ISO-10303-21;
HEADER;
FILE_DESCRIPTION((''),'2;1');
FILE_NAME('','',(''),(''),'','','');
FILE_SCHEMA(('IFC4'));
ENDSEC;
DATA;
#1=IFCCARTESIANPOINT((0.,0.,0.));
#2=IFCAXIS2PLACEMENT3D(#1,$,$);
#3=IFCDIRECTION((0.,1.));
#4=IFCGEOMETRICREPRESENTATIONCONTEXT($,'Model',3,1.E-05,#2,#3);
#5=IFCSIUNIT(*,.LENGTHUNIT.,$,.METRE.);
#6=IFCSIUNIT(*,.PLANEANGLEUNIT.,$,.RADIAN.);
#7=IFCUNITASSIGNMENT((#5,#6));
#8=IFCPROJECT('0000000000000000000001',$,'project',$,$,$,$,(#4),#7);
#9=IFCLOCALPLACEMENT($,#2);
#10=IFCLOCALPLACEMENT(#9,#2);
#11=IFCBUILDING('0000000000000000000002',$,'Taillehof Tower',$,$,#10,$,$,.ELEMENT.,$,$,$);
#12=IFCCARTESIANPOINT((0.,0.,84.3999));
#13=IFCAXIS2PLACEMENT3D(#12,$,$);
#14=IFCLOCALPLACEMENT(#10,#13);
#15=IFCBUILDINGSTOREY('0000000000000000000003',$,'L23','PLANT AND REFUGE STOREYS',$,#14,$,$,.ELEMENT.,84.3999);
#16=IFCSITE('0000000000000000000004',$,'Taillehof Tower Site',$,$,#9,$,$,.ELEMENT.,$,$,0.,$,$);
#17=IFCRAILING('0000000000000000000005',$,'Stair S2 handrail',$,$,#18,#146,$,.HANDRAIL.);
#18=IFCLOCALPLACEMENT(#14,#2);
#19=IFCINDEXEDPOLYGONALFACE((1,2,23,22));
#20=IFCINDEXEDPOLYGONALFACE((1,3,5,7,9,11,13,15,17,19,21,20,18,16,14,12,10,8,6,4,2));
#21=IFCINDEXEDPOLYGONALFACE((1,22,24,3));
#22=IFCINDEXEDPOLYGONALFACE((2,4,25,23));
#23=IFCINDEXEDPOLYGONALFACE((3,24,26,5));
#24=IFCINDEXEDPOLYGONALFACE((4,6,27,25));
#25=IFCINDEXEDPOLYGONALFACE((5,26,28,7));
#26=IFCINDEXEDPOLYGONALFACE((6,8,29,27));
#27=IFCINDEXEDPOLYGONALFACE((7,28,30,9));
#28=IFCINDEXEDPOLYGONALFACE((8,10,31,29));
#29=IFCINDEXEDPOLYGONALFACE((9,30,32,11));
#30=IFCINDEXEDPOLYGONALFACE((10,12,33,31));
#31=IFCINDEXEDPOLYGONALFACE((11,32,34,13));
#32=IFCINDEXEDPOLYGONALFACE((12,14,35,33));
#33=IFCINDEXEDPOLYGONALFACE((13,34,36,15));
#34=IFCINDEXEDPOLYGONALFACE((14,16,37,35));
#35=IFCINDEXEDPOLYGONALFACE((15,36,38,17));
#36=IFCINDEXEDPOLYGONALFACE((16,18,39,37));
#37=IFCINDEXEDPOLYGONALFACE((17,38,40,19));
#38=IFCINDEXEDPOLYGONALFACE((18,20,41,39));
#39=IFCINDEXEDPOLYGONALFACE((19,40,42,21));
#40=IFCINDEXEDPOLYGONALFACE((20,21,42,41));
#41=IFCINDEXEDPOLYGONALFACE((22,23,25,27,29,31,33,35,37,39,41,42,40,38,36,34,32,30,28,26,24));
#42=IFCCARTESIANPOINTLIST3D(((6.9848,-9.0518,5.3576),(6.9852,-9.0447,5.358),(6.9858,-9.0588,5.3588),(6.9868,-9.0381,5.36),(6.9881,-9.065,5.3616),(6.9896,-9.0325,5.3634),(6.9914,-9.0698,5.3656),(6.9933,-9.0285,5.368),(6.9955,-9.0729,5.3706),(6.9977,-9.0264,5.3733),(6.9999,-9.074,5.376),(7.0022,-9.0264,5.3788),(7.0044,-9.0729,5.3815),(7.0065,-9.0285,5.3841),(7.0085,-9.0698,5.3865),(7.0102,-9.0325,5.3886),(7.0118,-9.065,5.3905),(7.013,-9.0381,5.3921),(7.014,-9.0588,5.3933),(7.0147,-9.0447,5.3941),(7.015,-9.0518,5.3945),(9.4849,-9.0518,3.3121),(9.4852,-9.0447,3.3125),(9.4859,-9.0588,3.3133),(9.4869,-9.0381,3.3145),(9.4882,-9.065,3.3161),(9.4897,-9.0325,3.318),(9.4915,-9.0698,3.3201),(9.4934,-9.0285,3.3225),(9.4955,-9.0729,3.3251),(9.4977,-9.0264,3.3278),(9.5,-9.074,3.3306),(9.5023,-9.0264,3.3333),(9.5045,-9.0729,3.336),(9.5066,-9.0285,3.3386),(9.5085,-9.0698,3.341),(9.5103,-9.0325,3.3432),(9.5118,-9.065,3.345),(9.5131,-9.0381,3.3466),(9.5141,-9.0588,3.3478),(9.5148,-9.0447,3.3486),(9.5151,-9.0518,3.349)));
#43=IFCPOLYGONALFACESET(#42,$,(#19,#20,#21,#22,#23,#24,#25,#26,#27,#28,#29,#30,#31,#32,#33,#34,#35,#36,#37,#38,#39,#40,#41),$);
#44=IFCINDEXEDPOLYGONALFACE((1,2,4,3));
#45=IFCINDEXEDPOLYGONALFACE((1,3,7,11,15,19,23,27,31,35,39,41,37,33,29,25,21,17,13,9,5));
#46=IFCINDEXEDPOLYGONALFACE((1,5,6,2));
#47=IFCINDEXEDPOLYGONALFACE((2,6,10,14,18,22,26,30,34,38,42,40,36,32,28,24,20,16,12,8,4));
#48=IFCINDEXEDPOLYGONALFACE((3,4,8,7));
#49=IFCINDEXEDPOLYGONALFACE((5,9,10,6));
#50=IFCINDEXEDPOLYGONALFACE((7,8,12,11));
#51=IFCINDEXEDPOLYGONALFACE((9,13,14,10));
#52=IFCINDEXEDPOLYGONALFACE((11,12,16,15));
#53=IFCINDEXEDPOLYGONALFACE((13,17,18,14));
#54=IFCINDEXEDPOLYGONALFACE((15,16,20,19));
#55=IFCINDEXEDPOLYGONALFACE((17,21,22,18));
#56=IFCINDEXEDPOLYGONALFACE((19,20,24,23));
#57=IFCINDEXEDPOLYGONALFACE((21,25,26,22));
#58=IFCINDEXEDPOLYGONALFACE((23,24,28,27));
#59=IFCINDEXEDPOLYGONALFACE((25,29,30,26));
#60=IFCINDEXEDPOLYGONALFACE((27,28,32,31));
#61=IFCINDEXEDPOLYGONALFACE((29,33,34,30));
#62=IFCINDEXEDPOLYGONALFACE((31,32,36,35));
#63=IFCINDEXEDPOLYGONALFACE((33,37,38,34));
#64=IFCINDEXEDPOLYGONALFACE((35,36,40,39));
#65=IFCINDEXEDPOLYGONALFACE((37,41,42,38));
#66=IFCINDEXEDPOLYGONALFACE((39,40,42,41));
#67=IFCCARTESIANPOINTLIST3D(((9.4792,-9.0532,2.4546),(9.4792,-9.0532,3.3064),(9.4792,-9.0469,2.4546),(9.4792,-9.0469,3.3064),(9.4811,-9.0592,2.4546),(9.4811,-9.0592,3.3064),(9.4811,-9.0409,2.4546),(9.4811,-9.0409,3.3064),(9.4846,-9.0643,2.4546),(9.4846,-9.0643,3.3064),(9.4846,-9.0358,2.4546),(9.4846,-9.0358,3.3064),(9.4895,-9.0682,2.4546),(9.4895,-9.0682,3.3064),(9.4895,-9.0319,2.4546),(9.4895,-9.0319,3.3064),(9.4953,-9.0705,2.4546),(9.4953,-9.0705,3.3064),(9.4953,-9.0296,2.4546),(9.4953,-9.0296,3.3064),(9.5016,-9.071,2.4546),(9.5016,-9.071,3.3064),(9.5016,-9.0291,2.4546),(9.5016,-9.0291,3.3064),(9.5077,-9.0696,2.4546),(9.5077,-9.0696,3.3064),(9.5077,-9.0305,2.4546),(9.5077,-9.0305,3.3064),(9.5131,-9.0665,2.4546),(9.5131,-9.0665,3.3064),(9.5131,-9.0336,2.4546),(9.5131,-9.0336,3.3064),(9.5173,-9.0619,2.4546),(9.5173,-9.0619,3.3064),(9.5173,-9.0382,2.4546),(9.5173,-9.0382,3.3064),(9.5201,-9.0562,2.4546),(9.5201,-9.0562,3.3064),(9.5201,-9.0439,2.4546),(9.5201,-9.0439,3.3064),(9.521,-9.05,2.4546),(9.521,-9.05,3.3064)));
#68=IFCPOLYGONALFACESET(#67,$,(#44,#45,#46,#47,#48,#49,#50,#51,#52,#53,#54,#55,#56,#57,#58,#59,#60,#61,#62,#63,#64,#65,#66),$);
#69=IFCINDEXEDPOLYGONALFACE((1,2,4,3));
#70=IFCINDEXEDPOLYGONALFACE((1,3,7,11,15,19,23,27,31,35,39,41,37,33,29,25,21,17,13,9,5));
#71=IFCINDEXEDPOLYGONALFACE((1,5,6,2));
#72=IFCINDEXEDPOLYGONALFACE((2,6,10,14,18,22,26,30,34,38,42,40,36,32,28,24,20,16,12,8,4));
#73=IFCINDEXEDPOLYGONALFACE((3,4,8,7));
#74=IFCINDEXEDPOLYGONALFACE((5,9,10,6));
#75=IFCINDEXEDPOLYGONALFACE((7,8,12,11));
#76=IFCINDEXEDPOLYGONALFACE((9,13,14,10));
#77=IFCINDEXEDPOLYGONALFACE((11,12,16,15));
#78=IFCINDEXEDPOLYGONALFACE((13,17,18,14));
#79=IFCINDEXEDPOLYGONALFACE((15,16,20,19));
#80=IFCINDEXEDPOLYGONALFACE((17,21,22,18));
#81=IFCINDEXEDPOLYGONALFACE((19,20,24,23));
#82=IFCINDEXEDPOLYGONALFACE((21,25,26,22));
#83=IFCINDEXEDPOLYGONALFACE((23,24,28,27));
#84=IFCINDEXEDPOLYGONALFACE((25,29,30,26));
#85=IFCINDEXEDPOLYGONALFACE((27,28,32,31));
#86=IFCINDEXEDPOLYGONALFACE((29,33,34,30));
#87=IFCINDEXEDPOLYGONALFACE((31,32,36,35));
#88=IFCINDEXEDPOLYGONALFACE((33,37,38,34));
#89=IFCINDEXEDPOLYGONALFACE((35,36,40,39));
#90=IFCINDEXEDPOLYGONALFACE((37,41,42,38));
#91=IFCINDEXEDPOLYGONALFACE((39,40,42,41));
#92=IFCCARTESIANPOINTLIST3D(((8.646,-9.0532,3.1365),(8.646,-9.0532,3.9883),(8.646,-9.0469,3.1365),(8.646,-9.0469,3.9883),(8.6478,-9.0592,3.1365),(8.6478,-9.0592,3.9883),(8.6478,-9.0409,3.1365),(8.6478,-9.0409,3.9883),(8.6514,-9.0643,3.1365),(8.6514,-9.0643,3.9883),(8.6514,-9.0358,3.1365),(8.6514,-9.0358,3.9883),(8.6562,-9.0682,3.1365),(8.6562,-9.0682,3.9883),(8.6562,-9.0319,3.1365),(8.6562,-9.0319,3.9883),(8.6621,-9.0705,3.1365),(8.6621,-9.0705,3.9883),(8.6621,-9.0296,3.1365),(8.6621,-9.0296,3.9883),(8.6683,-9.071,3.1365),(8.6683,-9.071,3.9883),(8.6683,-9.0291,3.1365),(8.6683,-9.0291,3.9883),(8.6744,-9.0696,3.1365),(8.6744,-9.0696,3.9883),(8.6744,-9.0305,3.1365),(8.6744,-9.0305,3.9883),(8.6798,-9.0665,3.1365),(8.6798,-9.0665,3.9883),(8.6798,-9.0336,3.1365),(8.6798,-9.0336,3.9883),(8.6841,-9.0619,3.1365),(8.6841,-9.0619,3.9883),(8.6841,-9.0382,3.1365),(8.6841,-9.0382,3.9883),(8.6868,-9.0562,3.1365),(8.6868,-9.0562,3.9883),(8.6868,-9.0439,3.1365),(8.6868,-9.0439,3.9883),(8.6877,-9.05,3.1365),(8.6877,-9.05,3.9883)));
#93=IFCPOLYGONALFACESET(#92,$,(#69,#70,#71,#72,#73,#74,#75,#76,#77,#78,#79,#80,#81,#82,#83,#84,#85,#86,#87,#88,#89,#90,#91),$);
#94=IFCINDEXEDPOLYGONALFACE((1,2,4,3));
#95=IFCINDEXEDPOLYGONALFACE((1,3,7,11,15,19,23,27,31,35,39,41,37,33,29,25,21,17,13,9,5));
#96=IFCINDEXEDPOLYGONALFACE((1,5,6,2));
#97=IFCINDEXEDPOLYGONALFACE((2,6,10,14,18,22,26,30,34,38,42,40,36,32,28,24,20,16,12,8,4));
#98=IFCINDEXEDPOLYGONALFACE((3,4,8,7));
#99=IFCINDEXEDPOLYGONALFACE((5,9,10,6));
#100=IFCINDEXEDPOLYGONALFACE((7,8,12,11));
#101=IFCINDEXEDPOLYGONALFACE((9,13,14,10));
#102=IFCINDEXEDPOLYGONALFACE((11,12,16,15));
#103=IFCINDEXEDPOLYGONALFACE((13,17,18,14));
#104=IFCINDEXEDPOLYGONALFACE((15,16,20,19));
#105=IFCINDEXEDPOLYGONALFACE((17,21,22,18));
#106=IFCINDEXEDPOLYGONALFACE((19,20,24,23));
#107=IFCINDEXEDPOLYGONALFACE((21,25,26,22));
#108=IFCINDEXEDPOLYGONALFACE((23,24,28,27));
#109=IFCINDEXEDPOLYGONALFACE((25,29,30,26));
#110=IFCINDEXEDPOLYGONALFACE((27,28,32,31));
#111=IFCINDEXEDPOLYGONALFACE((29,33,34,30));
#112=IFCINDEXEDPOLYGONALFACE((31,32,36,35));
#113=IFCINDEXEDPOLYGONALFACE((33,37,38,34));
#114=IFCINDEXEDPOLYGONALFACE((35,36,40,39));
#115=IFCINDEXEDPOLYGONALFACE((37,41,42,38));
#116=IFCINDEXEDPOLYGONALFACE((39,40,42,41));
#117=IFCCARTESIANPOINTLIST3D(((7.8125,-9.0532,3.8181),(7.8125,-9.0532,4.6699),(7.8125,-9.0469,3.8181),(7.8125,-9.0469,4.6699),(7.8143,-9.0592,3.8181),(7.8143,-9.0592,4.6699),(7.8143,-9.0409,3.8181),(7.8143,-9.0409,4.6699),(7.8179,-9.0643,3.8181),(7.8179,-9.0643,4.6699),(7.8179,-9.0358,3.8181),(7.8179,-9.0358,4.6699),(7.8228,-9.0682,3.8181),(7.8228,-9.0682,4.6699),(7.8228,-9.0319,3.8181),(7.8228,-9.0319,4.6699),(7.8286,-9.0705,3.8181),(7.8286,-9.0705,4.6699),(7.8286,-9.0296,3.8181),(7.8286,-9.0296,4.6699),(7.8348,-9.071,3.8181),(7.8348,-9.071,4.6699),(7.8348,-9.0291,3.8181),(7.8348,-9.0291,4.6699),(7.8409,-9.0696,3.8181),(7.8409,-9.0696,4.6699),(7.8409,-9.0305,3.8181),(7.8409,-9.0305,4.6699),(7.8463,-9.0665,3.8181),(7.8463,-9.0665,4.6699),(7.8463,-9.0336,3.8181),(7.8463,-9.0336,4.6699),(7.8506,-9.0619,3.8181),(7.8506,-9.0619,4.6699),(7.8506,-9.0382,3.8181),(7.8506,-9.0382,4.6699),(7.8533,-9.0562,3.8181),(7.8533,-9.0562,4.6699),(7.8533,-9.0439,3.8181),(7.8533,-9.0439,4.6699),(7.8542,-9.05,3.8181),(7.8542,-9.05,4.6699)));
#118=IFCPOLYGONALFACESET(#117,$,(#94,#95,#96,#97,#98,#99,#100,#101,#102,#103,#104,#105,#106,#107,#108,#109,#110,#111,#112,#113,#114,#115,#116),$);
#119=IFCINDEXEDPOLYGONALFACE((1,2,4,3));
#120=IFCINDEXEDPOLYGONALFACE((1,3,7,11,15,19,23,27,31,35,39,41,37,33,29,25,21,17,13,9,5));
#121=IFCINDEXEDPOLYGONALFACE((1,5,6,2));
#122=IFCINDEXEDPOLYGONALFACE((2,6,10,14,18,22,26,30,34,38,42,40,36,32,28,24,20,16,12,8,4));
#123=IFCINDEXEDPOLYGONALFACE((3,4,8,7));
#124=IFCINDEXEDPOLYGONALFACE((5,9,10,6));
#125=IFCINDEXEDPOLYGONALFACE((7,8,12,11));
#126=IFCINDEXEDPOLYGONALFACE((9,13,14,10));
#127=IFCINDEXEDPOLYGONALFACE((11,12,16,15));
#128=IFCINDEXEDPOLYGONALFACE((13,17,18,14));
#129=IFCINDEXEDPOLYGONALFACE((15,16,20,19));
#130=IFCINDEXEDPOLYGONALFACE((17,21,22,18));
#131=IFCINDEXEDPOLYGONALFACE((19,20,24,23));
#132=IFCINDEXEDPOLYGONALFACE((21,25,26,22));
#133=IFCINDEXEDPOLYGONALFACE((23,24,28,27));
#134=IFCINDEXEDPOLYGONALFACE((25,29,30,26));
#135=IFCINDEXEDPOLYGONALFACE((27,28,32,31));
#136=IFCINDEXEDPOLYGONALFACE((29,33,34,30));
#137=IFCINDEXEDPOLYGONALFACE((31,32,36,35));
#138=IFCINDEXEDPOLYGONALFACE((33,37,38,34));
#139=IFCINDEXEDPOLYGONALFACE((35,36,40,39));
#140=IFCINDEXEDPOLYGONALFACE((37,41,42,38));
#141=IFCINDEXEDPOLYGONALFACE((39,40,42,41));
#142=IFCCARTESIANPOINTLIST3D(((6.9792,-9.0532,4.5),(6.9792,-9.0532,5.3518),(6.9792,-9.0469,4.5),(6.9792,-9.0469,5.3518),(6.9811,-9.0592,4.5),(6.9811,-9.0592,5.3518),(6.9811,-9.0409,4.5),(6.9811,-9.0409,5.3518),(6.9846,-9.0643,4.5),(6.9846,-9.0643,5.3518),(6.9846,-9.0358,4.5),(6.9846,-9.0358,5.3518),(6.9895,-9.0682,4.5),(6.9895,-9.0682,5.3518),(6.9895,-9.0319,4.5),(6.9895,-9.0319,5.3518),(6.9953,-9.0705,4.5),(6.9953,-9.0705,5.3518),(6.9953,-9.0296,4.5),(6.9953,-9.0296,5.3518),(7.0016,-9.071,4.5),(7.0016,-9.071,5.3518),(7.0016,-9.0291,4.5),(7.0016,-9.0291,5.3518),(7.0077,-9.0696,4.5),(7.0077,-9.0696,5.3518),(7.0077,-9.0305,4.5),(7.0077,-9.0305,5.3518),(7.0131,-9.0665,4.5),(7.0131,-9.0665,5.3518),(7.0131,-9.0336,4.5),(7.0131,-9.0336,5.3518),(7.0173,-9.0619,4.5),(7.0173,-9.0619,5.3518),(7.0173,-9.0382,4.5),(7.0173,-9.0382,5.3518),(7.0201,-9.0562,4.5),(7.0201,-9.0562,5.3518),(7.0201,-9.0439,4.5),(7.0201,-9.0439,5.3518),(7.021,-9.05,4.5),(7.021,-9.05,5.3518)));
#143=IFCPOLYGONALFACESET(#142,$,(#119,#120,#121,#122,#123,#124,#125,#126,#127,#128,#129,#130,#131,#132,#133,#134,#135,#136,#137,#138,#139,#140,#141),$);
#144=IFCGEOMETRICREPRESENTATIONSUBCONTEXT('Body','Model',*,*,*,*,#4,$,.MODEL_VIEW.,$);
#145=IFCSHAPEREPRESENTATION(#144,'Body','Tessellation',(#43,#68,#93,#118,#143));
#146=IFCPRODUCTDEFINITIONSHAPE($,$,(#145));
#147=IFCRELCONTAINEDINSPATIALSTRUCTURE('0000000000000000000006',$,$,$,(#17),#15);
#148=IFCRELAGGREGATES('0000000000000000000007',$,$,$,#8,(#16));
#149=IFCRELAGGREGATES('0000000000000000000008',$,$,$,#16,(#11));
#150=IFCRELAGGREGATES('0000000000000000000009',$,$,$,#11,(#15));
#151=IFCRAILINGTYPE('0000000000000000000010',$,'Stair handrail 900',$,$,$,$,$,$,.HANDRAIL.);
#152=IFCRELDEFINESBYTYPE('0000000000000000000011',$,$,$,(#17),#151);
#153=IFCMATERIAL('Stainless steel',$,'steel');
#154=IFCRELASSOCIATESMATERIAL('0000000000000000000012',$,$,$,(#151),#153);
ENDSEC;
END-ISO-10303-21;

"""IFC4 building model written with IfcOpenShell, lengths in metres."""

from ifc_helpers import new_model, si_unit, direction, frame, origin, origin_2d, place, context, subcontext, project, spatial, circle, extrude, material, type_object, element, save


model = new_model("IFC4")

# Units and contexts
model_context = context("Model", 3, precision=1e-05, world=origin(), true_north=direction((0.0, 1.0)))
body_context = subcontext(model_context, "Body", "Model", "MODEL_VIEW")
ifc_project = project(units=[si_unit("LENGTHUNIT", "METRE"), si_unit("PLANEANGLEUNIT", "RADIAN")], contexts=[model_context])

# Site, building, storey
site_placement = place(None, origin())
site = spatial("IfcSite", under=ifc_project, at=site_placement, Name="Taillehof Tower Site", CompositionType="ELEMENT", RefElevation=0.0)
building_placement = place(site_placement, origin())
building = spatial("IfcBuilding", under=site, at=building_placement, Name="Taillehof Tower", CompositionType="ELEMENT")
storey_placement = place(building_placement, frame((0.0, 0.0, 84.3999)))
storey = spatial("IfcBuildingStorey", under=building, at=storey_placement, Name="L23", Description="PLANT AND REFUGE STOREYS", CompositionType="ELEMENT", Elevation=84.3999)

# Railing
ifc_material_1 = material(Name="Stainless steel", Category="steel")
railing_type = type_object("IfcRailingType", Name="Stair handrail 900", PredefinedType="HANDRAIL", material=ifc_material_1)
railing_placement = place(storey_placement, frame((9.5, -9.05, 2.4546)))
element("IfcRailing", 1, at=railing_placement, inside=storey, type_object=railing_type, Name="Stair S2 handrail", PredefinedType="HANDRAIL", context=body_context, shape_type="SweptSolid", body=[
    extrude(circle(Radius=0.0239, at=origin_2d()), frame((0.0, 0.0, 0.876), z_axis=(-0.773964, 0.0, 0.63323), x_axis=(0.0, -1.0, 0.0)), (0.0, 0.0, 1.0), 3.2302),
    extrude(circle(Radius=0.021, at=origin_2d()), origin(), (0.0, 0.0, 1.0), 0.8518),
    extrude(circle(Radius=0.021, at=origin_2d()), frame((-0.8333, 0.0, 0.6819)), (0.0, 0.0, 1.0), 0.8518),
    extrude(circle(Radius=0.021, at=origin_2d()), frame((-1.6667, 0.0, 1.3635)), (0.0, 0.0, 1.0), 0.8518),
    extrude(circle(Radius=0.021, at=origin_2d()), frame((-2.5, 0.0, 2.0454)), (0.0, 0.0, 1.0), 0.8518),
])

save(model, "model.ifc")
